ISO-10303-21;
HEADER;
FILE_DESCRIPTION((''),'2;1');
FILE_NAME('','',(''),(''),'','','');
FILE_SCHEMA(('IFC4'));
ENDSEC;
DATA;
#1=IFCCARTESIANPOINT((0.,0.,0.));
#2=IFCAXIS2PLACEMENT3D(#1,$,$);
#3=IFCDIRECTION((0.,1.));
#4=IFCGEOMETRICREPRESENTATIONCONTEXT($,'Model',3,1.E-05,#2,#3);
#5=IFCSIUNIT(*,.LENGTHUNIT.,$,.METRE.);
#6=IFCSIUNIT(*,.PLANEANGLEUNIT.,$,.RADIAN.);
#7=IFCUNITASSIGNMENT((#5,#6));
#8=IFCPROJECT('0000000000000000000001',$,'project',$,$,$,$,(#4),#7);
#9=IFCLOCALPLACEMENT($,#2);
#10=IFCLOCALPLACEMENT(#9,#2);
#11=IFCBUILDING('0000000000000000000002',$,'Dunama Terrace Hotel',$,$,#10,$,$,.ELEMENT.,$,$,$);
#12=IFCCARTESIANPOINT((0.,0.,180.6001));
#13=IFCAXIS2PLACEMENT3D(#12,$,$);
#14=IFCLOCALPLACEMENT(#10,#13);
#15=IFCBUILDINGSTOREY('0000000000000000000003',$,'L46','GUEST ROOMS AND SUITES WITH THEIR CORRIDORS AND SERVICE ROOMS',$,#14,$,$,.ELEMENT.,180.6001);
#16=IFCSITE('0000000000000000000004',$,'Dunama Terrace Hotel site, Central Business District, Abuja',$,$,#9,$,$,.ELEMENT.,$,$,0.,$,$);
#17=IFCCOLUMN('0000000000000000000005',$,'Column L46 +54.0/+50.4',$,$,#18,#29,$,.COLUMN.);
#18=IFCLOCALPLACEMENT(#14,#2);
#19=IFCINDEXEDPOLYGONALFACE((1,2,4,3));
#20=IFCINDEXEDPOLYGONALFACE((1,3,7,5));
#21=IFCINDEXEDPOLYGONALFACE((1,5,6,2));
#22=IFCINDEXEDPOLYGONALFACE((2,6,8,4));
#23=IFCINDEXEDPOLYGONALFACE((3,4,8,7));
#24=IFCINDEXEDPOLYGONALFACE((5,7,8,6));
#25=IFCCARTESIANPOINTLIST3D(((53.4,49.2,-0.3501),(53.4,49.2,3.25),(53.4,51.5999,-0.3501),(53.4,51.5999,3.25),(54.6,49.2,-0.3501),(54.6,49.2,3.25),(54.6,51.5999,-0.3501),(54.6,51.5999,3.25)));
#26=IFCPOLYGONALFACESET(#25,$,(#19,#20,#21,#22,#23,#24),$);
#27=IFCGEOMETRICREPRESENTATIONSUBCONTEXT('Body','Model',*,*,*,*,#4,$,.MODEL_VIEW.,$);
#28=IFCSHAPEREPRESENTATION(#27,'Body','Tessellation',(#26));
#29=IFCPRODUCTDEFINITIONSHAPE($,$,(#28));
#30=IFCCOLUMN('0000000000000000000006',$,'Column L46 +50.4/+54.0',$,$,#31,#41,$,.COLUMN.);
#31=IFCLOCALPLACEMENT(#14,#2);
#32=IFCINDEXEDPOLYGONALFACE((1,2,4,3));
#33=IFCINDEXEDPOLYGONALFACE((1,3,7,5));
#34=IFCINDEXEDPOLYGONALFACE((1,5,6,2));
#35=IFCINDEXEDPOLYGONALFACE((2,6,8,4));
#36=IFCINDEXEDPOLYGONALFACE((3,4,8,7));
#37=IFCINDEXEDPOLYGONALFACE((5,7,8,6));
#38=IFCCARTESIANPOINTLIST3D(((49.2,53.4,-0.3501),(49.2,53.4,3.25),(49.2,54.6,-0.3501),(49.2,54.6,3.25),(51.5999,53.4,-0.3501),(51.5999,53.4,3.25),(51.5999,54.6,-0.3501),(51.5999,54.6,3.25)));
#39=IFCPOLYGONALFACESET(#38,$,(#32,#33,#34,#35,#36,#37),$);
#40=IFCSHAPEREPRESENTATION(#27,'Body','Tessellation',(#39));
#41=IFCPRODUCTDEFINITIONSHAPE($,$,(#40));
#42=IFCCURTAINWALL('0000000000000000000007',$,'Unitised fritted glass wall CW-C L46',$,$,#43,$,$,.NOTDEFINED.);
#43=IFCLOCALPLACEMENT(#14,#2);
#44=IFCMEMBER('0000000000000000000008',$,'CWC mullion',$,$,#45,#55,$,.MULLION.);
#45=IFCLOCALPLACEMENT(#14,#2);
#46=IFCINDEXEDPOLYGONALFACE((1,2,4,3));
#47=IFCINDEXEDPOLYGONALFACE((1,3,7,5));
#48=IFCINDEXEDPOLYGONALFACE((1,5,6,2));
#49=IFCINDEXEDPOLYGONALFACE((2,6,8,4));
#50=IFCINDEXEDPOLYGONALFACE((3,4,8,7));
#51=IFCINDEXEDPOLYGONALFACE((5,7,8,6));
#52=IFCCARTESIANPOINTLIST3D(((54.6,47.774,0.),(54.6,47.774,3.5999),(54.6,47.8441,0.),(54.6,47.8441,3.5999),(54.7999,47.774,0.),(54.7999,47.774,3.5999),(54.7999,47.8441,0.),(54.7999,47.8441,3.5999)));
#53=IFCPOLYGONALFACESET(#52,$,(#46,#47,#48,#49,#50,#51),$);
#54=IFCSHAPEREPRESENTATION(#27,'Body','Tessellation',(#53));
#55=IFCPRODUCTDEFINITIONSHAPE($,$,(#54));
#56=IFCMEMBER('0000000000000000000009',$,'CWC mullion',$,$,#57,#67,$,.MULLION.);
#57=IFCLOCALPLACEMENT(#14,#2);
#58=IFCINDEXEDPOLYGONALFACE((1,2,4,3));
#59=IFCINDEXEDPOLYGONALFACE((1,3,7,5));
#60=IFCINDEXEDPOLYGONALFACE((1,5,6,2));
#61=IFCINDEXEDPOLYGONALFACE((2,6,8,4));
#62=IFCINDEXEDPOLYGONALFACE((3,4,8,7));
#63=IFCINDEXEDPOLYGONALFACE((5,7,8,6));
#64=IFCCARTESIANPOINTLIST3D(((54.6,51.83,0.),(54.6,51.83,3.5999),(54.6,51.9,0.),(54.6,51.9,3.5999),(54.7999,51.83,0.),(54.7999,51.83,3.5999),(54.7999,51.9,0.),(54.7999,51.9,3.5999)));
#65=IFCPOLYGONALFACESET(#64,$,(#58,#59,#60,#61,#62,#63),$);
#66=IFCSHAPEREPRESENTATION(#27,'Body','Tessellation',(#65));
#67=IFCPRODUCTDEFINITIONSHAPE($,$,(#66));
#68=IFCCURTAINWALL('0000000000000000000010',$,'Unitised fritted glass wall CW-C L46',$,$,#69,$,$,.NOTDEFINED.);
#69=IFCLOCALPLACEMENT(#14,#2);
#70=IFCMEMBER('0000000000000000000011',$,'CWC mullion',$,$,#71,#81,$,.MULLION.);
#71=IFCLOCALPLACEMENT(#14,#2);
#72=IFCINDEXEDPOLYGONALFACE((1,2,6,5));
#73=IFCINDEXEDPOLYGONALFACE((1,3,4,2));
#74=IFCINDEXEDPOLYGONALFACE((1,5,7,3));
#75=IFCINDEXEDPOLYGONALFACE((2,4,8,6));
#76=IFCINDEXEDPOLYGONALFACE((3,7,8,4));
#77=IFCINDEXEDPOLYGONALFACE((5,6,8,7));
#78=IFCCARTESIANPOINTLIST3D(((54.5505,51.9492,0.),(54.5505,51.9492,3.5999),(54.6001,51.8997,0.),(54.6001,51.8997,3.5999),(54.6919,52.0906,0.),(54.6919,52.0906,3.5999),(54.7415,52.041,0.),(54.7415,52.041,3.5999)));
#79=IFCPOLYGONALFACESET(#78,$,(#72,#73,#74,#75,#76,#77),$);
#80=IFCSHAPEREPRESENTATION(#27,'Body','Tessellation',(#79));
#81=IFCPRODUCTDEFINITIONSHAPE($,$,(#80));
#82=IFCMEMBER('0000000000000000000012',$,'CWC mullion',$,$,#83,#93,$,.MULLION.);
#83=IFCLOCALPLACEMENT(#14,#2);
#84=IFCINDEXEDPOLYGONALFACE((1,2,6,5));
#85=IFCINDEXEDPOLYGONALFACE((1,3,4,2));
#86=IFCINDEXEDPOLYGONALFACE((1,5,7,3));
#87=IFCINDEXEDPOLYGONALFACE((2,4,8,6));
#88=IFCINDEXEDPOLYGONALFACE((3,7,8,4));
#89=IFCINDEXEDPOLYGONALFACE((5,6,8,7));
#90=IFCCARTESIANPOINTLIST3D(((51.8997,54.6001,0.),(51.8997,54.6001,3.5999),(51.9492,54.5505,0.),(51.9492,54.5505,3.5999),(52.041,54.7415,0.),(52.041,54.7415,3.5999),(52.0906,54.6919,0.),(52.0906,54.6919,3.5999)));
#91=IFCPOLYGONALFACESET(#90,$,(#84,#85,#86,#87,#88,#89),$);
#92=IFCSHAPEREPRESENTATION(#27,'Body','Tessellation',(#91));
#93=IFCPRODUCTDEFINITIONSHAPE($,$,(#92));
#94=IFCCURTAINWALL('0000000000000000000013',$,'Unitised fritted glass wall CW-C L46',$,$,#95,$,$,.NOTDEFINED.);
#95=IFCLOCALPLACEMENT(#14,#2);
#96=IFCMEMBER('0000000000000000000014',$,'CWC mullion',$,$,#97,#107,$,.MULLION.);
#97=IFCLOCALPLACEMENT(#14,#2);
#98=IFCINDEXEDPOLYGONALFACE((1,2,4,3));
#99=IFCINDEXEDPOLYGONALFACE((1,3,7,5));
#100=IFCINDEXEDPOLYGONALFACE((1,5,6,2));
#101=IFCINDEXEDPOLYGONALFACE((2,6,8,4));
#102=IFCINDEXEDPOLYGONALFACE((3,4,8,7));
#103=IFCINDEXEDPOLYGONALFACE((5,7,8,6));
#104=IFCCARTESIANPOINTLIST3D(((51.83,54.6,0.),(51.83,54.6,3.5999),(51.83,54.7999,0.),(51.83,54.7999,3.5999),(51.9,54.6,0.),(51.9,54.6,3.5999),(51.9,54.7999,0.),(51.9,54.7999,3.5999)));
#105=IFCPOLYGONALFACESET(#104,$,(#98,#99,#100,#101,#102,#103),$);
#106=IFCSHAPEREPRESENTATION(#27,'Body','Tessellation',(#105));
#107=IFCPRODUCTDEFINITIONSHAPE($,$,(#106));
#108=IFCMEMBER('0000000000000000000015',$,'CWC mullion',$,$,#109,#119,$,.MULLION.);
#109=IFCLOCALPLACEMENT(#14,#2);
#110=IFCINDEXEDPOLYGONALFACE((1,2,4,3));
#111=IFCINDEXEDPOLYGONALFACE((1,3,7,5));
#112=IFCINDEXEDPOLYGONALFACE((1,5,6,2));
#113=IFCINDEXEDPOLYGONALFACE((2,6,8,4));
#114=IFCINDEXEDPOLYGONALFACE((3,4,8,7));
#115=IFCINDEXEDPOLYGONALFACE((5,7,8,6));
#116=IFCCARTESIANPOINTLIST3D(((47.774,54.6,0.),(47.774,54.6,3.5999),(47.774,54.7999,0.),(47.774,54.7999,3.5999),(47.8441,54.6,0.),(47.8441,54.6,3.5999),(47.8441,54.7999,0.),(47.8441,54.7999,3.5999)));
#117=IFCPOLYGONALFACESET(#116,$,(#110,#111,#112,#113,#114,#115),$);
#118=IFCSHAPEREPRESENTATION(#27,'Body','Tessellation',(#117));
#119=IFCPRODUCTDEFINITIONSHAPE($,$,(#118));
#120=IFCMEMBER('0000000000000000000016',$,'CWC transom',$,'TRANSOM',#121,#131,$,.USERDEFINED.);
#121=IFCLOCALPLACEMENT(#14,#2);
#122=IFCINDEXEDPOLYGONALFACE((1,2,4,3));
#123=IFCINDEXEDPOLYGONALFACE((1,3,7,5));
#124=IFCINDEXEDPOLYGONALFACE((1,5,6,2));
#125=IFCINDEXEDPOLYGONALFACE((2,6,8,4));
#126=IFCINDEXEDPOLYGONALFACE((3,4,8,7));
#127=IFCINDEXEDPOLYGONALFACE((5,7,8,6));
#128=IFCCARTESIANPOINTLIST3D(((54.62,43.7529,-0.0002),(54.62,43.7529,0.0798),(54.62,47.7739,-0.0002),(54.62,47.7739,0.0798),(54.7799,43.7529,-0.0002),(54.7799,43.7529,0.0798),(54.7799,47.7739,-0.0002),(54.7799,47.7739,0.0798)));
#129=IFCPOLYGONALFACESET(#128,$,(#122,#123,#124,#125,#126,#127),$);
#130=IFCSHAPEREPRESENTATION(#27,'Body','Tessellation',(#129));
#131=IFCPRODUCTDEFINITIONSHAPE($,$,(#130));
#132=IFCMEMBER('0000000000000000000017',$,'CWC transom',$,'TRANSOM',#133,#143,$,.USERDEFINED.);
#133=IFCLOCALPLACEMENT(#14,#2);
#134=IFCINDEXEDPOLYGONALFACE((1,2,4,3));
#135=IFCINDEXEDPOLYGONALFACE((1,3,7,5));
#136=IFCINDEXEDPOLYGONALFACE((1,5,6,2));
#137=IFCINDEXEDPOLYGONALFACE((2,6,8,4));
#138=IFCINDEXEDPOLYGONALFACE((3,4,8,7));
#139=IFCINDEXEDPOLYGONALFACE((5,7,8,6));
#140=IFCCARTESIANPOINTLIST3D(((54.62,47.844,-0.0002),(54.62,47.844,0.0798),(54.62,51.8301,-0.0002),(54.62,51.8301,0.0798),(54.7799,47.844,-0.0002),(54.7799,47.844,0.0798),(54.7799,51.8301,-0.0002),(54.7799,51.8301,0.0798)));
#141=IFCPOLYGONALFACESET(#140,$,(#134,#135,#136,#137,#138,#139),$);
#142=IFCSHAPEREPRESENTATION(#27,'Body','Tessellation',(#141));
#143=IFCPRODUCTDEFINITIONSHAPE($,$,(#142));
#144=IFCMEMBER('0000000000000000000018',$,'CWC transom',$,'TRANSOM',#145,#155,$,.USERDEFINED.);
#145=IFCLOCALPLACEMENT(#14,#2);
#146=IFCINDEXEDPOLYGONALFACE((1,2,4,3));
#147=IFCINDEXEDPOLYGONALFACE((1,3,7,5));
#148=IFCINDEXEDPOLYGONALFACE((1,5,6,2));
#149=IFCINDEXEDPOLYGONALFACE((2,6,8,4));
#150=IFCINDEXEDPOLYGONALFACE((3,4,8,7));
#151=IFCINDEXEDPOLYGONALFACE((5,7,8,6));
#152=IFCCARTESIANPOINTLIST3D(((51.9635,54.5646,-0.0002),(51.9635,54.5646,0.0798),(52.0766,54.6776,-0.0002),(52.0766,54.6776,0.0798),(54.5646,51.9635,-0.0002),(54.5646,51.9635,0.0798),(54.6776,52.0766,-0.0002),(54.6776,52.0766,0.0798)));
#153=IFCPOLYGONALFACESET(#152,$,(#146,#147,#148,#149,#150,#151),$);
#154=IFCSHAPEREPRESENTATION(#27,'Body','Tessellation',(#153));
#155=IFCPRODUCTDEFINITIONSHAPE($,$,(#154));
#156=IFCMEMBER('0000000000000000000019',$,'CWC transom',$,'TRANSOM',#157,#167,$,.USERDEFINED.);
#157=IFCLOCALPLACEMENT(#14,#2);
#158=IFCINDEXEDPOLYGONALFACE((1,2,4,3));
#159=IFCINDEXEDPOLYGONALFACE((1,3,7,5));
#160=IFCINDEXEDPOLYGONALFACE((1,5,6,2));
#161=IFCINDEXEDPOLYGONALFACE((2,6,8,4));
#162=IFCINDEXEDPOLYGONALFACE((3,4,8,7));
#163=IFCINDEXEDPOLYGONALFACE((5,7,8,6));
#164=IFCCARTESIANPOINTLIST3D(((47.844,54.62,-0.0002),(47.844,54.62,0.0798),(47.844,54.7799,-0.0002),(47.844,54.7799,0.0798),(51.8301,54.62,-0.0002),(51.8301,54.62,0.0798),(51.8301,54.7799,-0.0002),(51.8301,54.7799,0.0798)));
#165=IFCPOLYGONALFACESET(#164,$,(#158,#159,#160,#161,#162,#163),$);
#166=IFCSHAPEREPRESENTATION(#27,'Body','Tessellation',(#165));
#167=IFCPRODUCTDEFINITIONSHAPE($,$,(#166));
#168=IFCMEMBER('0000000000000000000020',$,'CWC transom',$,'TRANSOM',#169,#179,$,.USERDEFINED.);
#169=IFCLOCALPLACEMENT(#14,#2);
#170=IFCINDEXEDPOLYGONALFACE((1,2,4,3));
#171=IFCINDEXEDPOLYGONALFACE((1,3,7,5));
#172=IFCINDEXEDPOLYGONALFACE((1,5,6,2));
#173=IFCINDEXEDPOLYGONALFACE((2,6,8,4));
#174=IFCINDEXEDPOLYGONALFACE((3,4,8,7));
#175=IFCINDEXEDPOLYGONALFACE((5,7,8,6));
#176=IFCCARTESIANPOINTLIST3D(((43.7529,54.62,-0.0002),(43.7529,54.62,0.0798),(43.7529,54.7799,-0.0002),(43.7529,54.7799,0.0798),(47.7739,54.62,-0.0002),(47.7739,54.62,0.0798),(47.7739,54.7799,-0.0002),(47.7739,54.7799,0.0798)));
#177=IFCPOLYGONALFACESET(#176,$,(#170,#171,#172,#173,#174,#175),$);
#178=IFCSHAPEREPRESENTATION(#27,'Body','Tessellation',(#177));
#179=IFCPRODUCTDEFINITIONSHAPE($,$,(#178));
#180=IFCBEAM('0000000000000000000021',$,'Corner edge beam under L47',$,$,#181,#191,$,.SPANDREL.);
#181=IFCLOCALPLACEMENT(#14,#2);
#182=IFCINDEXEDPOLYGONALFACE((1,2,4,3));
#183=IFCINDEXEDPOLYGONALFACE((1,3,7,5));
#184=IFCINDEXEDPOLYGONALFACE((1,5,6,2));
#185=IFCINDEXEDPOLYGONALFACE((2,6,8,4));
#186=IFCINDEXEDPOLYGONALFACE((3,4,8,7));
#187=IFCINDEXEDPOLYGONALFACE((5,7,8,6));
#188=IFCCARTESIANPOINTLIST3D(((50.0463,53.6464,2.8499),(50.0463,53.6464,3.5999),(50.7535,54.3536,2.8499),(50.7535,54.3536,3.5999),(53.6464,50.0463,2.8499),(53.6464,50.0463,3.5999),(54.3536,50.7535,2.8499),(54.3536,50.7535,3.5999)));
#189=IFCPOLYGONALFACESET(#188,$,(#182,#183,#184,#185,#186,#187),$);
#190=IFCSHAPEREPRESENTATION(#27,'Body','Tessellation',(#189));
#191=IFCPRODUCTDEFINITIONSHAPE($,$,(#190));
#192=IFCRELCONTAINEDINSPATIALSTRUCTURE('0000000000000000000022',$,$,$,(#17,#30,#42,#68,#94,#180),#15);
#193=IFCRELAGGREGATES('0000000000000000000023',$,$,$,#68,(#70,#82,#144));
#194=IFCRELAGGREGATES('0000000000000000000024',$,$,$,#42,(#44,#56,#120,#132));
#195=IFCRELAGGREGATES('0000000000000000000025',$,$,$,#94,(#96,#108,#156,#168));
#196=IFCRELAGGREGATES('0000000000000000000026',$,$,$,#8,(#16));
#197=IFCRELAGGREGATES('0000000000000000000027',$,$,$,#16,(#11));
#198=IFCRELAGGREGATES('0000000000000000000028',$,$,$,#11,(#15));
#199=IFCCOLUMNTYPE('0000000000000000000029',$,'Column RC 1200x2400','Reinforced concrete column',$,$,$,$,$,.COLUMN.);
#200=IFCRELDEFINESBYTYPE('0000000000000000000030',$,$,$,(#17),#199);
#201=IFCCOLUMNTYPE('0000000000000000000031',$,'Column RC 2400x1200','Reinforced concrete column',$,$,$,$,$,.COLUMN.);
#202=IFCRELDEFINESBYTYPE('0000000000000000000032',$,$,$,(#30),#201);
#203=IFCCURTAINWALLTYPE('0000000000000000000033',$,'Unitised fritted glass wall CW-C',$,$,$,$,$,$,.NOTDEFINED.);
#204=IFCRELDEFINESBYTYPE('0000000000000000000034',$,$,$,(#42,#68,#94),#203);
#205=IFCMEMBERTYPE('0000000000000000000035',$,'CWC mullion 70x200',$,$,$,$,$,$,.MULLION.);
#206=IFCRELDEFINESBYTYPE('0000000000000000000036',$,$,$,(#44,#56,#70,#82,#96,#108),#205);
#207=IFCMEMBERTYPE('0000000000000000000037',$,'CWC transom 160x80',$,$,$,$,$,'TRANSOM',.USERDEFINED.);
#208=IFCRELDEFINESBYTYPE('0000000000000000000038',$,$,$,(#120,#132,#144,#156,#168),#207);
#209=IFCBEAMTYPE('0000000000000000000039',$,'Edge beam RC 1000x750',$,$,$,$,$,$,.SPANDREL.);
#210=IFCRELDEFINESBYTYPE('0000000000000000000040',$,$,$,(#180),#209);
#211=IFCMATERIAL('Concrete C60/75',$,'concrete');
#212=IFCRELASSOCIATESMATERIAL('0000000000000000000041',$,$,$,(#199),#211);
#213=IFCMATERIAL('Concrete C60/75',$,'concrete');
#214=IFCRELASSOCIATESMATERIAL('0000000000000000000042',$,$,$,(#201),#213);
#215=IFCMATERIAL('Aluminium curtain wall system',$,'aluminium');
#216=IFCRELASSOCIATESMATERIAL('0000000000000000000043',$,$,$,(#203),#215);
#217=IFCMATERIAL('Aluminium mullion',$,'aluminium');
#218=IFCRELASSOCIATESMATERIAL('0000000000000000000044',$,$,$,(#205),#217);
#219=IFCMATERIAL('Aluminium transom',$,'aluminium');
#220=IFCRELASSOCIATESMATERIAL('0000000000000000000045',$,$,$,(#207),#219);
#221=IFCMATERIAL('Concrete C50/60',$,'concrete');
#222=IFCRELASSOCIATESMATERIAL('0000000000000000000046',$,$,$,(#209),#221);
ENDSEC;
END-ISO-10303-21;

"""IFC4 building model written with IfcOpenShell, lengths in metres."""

from ifc_helpers import new_model, si_unit, direction, frame, origin, origin_2d, place, context, subcontext, project, spatial, rectangle, extrude, material, material_profile, profile_set, type_object, element, aggregate, save


model = new_model("IFC4")

# Units and contexts
model_context = context("Model", 3, precision=1e-05, world=origin(), true_north=direction((0.0, 1.0)))
body_context = subcontext(model_context, "Body", "Model", "MODEL_VIEW")
ifc_project = project(units=[si_unit("LENGTHUNIT", "METRE"), si_unit("PLANEANGLEUNIT", "RADIAN")], contexts=[model_context])

# Site, building, storey
site_placement = place(None, origin())
site = spatial("IfcSite", under=ifc_project, at=site_placement, Name="Dunama Terrace Hotel site, Central Business District, Abuja", CompositionType="ELEMENT", RefElevation=0.0)
building_placement = place(site_placement, origin())
building = spatial("IfcBuilding", under=site, at=building_placement, Name="Dunama Terrace Hotel", CompositionType="ELEMENT")
storey_placement = place(building_placement, frame((0.0, 0.0, 180.6001)))
storey = spatial("IfcBuildingStorey", under=building, at=storey_placement, Name="L46", Description="GUEST ROOMS AND SUITES WITH THEIR CORRIDORS AND SERVICE ROOMS", CompositionType="ELEMENT", Elevation=180.6001)

# Columns
ifc_material_1 = material(Name="Concrete C60/75", Category="concrete")
ifc_material_profile_1 = material_profile(ifc_material_1, rectangle(XDim=1.2, YDim=2.3999, at=origin_2d()), Name="RC 1200x2400")
ifc_profile_set_1 = profile_set([ifc_material_profile_1], Name="Concrete C60/75")
column_type_1 = type_object("IfcColumnType", Name="Column RC 1200x2400", Description="Reinforced concrete column", PredefinedType="COLUMN", material=ifc_profile_set_1)
column_1_placement = place(storey_placement, frame((54.0, 50.3999, -0.3501), z_axis=(0.0, 0.0, 1.0), x_axis=(1.0, 0.0, 0.0)))
element("IfcColumn", 1, at=column_1_placement, inside=storey, type_object=column_type_1, Name="Column L46 +54.0/+50.4", PredefinedType="COLUMN", context=body_context, shape_type="SweptSolid", body=[
    extrude(rectangle(XDim=1.2, YDim=2.3999, at=origin_2d()), origin(), (0.0, 0.0, 1.0), 3.6001),
])
ifc_material_2 = material(Name="Concrete C60/75", Category="concrete")
ifc_material_profile_2 = material_profile(ifc_material_2, rectangle(XDim=2.3999, YDim=1.2, at=origin_2d()), Name="RC 2400x1200")
ifc_profile_set_2 = profile_set([ifc_material_profile_2], Name="Concrete C60/75")
column_type_2 = type_object("IfcColumnType", Name="Column RC 2400x1200", Description="Reinforced concrete column", PredefinedType="COLUMN", material=ifc_profile_set_2)
column_2_placement = place(storey_placement, frame((50.3999, 54.0, -0.3501), z_axis=(0.0, 0.0, 1.0), x_axis=(1.0, 0.0, 0.0)))
element("IfcColumn", 2, at=column_2_placement, inside=storey, type_object=column_type_2, Name="Column L46 +50.4/+54.0", PredefinedType="COLUMN", context=body_context, shape_type="SweptSolid", body=[
    extrude(rectangle(XDim=2.3999, YDim=1.2, at=origin_2d()), origin(), (0.0, 0.0, 1.0), 3.6001),
])

# Curtain walls, members
ifc_material_3 = material(Name="Aluminium curtain wall system", Category="aluminium")
curtain_wall_type = type_object("IfcCurtainWallType", Name="Unitised fritted glass wall CW-C", PredefinedType="NOTDEFINED", material=ifc_material_3)
curtain_wall_1_placement = place(storey_placement, origin())
curtain_wall_1 = element("IfcCurtainWall", 3, at=curtain_wall_1_placement, inside=storey, type_object=curtain_wall_type, Name="Unitised fritted glass wall CW-C L46", PredefinedType="NOTDEFINED")
ifc_material_4 = material(Name="Aluminium mullion", Category="aluminium")
ifc_material_profile_3 = material_profile(ifc_material_4, rectangle(XDim=0.0701, YDim=0.2, at=origin_2d()), Name="CWC MULLION 70X200")
ifc_profile_set_3 = profile_set([ifc_material_profile_3], Name="Aluminium mullion")
member_type_1 = type_object("IfcMemberType", Name="CWC mullion 70x200", PredefinedType="MULLION", material=ifc_profile_set_3)
member_1_placement = place(storey_placement, frame((54.7, 47.8091, 0.0), z_axis=(0.0, 0.0, 1.0), x_axis=(0.0, 1.0, 0.0)))
member_1 = element("IfcMember", 4, at=member_1_placement, type_object=member_type_1, Name="CWC mullion", PredefinedType="MULLION", context=body_context, shape_type="SweptSolid", body=[
    extrude(rectangle(XDim=0.0701, YDim=0.2, at=origin_2d()), origin(), (0.0, 0.0, 1.0), 3.5999),
])
member_2_placement = place(storey_placement, frame((54.7, 51.865, 0.0), z_axis=(0.0, 0.0, 1.0), x_axis=(0.0, 1.0, 0.0)))
member_2 = element("IfcMember", 5, at=member_2_placement, type_object=member_type_1, Name="CWC mullion", PredefinedType="MULLION", context=body_context, shape_type="SweptSolid", body=[
    extrude(rectangle(XDim=0.0701, YDim=0.2, at=origin_2d()), origin(), (0.0, 0.0, 1.0), 3.5999),
])
curtain_wall_2_placement = place(storey_placement, origin())
curtain_wall_2 = element("IfcCurtainWall", 6, at=curtain_wall_2_placement, inside=storey, type_object=curtain_wall_type, Name="Unitised fritted glass wall CW-C L46", PredefinedType="NOTDEFINED")
member_3_placement = place(storey_placement, frame((54.646, 51.9951, 0.0), z_axis=(0.0, 0.0, 1.0), x_axis=(-0.707107, 0.707107, 0.0)))
member_3 = element("IfcMember", 7, at=member_3_placement, type_object=member_type_1, Name="CWC mullion", PredefinedType="MULLION", context=body_context, shape_type="SweptSolid", body=[
    extrude(rectangle(XDim=0.0701, YDim=0.2, at=origin_2d()), origin(), (0.0, 0.0, 1.0), 3.5999),
])
member_4_placement = place(storey_placement, frame((51.9951, 54.646, 0.0), z_axis=(0.0, 0.0, 1.0), x_axis=(-0.707107, 0.707107, 0.0)))
member_4 = element("IfcMember", 8, at=member_4_placement, type_object=member_type_1, Name="CWC mullion", PredefinedType="MULLION", context=body_context, shape_type="SweptSolid", body=[
    extrude(rectangle(XDim=0.0701, YDim=0.2, at=origin_2d()), origin(), (0.0, 0.0, 1.0), 3.5999),
])
curtain_wall_3_placement = place(storey_placement, origin())
curtain_wall_3 = element("IfcCurtainWall", 9, at=curtain_wall_3_placement, inside=storey, type_object=curtain_wall_type, Name="Unitised fritted glass wall CW-C L46", PredefinedType="NOTDEFINED")
member_5_placement = place(storey_placement, frame((51.865, 54.7, 0.0), z_axis=(0.0, 0.0, 1.0), x_axis=(-1.0, 0.0, 0.0)))
member_5 = element("IfcMember", 10, at=member_5_placement, type_object=member_type_1, Name="CWC mullion", PredefinedType="MULLION", context=body_context, shape_type="SweptSolid", body=[
    extrude(rectangle(XDim=0.0701, YDim=0.2, at=origin_2d()), origin(), (0.0, 0.0, 1.0), 3.5999),
])
member_6_placement = place(storey_placement, frame((47.8091, 54.7, 0.0), z_axis=(0.0, 0.0, 1.0), x_axis=(-1.0, 0.0, 0.0)))
member_6 = element("IfcMember", 11, at=member_6_placement, type_object=member_type_1, Name="CWC mullion", PredefinedType="MULLION", context=body_context, shape_type="SweptSolid", body=[
    extrude(rectangle(XDim=0.0701, YDim=0.2, at=origin_2d()), origin(), (0.0, 0.0, 1.0), 3.5999),
])

# Members
ifc_material_5 = material(Name="Aluminium transom", Category="aluminium")
ifc_material_profile_4 = material_profile(ifc_material_5, rectangle(XDim=0.1599, YDim=0.0801, at=origin_2d()), Name="CWC TRANSOM 160X80")
ifc_profile_set_4 = profile_set([ifc_material_profile_4], Name="Aluminium transom")
member_type_2 = type_object("IfcMemberType", Name="CWC transom 160x80", ElementType="TRANSOM", PredefinedType="USERDEFINED", material=ifc_profile_set_4)
member_7_placement = place(storey_placement, frame((54.7, 43.7529, 0.0398), z_axis=(0.0, 1.0, 0.0), x_axis=(-1.0, 0.0, 0.0)))
member_7 = element("IfcMember", 12, at=member_7_placement, type_object=member_type_2, Name="CWC transom", ObjectType="TRANSOM", PredefinedType="USERDEFINED", context=body_context, shape_type="SweptSolid", body=[
    extrude(rectangle(XDim=0.1599, YDim=0.0801, at=origin_2d()), origin(), (0.0, 0.0, 1.0), 4.021),
])
member_8_placement = place(storey_placement, frame((54.7, 47.844, 0.0398), z_axis=(0.0, 1.0, 0.0), x_axis=(-1.0, 0.0, 0.0)))
member_8 = element("IfcMember", 13, at=member_8_placement, type_object=member_type_2, Name="CWC transom", ObjectType="TRANSOM", PredefinedType="USERDEFINED", context=body_context, shape_type="SweptSolid", body=[
    extrude(rectangle(XDim=0.1599, YDim=0.0801, at=origin_2d()), origin(), (0.0, 0.0, 1.0), 3.9861),
])
member_9_placement = place(storey_placement, frame((54.6211, 52.02, 0.0398), z_axis=(-0.707107, 0.707107, 0.0), x_axis=(-0.707107, -0.707107, 0.0)))
member_9 = element("IfcMember", 14, at=member_9_placement, type_object=member_type_2, Name="CWC transom", ObjectType="TRANSOM", PredefinedType="USERDEFINED", context=body_context, shape_type="SweptSolid", body=[
    extrude(rectangle(XDim=0.1599, YDim=0.0801, at=origin_2d()), origin(), (0.0, 0.0, 1.0), 3.6785),
])
member_10_placement = place(storey_placement, frame((51.8301, 54.7, 0.0398), z_axis=(-1.0, 0.0, 0.0), x_axis=(0.0, -1.0, 0.0)))
member_10 = element("IfcMember", 15, at=member_10_placement, type_object=member_type_2, Name="CWC transom", ObjectType="TRANSOM", PredefinedType="USERDEFINED", context=body_context, shape_type="SweptSolid", body=[
    extrude(rectangle(XDim=0.1599, YDim=0.0801, at=origin_2d()), origin(), (0.0, 0.0, 1.0), 3.9861),
])
member_11_placement = place(storey_placement, frame((47.7739, 54.7, 0.0398), z_axis=(-1.0, 0.0, 0.0), x_axis=(0.0, -1.0, 0.0)))
member_11 = element("IfcMember", 16, at=member_11_placement, type_object=member_type_2, Name="CWC transom", ObjectType="TRANSOM", PredefinedType="USERDEFINED", context=body_context, shape_type="SweptSolid", body=[
    extrude(rectangle(XDim=0.1599, YDim=0.0801, at=origin_2d()), origin(), (0.0, 0.0, 1.0), 4.021),
])

# Beam
ifc_material_6 = material(Name="Concrete C50/60", Category="concrete")
ifc_material_profile_5 = material_profile(ifc_material_6, rectangle(XDim=1.0, YDim=0.75, at=origin_2d()), Name="RC 1000x750")
ifc_profile_set_5 = profile_set([ifc_material_profile_5], Name="Concrete C50/60")
beam_type = type_object("IfcBeamType", Name="Edge beam RC 1000x750", PredefinedType="SPANDREL", material=ifc_profile_set_5)
beam_placement = place(storey_placement, frame((50.3999, 54.0, 3.2249), z_axis=(0.707107, -0.707107, 0.0), x_axis=(0.707107, 0.707107, 0.0)))
element("IfcBeam", 17, at=beam_placement, inside=storey, type_object=beam_type, Name="Corner edge beam under L47", PredefinedType="SPANDREL", context=body_context, shape_type="SweptSolid", body=[
    extrude(rectangle(XDim=1.0, YDim=0.75, at=origin_2d()), origin(), (0.0, 0.0, 1.0), 5.0913),
])

aggregate(curtain_wall_2, [member_3, member_4, member_9])
aggregate(curtain_wall_1, [member_1, member_2, member_7, member_8])
aggregate(curtain_wall_3, [member_5, member_6, member_10, member_11])

save(model, "model.ifc")
